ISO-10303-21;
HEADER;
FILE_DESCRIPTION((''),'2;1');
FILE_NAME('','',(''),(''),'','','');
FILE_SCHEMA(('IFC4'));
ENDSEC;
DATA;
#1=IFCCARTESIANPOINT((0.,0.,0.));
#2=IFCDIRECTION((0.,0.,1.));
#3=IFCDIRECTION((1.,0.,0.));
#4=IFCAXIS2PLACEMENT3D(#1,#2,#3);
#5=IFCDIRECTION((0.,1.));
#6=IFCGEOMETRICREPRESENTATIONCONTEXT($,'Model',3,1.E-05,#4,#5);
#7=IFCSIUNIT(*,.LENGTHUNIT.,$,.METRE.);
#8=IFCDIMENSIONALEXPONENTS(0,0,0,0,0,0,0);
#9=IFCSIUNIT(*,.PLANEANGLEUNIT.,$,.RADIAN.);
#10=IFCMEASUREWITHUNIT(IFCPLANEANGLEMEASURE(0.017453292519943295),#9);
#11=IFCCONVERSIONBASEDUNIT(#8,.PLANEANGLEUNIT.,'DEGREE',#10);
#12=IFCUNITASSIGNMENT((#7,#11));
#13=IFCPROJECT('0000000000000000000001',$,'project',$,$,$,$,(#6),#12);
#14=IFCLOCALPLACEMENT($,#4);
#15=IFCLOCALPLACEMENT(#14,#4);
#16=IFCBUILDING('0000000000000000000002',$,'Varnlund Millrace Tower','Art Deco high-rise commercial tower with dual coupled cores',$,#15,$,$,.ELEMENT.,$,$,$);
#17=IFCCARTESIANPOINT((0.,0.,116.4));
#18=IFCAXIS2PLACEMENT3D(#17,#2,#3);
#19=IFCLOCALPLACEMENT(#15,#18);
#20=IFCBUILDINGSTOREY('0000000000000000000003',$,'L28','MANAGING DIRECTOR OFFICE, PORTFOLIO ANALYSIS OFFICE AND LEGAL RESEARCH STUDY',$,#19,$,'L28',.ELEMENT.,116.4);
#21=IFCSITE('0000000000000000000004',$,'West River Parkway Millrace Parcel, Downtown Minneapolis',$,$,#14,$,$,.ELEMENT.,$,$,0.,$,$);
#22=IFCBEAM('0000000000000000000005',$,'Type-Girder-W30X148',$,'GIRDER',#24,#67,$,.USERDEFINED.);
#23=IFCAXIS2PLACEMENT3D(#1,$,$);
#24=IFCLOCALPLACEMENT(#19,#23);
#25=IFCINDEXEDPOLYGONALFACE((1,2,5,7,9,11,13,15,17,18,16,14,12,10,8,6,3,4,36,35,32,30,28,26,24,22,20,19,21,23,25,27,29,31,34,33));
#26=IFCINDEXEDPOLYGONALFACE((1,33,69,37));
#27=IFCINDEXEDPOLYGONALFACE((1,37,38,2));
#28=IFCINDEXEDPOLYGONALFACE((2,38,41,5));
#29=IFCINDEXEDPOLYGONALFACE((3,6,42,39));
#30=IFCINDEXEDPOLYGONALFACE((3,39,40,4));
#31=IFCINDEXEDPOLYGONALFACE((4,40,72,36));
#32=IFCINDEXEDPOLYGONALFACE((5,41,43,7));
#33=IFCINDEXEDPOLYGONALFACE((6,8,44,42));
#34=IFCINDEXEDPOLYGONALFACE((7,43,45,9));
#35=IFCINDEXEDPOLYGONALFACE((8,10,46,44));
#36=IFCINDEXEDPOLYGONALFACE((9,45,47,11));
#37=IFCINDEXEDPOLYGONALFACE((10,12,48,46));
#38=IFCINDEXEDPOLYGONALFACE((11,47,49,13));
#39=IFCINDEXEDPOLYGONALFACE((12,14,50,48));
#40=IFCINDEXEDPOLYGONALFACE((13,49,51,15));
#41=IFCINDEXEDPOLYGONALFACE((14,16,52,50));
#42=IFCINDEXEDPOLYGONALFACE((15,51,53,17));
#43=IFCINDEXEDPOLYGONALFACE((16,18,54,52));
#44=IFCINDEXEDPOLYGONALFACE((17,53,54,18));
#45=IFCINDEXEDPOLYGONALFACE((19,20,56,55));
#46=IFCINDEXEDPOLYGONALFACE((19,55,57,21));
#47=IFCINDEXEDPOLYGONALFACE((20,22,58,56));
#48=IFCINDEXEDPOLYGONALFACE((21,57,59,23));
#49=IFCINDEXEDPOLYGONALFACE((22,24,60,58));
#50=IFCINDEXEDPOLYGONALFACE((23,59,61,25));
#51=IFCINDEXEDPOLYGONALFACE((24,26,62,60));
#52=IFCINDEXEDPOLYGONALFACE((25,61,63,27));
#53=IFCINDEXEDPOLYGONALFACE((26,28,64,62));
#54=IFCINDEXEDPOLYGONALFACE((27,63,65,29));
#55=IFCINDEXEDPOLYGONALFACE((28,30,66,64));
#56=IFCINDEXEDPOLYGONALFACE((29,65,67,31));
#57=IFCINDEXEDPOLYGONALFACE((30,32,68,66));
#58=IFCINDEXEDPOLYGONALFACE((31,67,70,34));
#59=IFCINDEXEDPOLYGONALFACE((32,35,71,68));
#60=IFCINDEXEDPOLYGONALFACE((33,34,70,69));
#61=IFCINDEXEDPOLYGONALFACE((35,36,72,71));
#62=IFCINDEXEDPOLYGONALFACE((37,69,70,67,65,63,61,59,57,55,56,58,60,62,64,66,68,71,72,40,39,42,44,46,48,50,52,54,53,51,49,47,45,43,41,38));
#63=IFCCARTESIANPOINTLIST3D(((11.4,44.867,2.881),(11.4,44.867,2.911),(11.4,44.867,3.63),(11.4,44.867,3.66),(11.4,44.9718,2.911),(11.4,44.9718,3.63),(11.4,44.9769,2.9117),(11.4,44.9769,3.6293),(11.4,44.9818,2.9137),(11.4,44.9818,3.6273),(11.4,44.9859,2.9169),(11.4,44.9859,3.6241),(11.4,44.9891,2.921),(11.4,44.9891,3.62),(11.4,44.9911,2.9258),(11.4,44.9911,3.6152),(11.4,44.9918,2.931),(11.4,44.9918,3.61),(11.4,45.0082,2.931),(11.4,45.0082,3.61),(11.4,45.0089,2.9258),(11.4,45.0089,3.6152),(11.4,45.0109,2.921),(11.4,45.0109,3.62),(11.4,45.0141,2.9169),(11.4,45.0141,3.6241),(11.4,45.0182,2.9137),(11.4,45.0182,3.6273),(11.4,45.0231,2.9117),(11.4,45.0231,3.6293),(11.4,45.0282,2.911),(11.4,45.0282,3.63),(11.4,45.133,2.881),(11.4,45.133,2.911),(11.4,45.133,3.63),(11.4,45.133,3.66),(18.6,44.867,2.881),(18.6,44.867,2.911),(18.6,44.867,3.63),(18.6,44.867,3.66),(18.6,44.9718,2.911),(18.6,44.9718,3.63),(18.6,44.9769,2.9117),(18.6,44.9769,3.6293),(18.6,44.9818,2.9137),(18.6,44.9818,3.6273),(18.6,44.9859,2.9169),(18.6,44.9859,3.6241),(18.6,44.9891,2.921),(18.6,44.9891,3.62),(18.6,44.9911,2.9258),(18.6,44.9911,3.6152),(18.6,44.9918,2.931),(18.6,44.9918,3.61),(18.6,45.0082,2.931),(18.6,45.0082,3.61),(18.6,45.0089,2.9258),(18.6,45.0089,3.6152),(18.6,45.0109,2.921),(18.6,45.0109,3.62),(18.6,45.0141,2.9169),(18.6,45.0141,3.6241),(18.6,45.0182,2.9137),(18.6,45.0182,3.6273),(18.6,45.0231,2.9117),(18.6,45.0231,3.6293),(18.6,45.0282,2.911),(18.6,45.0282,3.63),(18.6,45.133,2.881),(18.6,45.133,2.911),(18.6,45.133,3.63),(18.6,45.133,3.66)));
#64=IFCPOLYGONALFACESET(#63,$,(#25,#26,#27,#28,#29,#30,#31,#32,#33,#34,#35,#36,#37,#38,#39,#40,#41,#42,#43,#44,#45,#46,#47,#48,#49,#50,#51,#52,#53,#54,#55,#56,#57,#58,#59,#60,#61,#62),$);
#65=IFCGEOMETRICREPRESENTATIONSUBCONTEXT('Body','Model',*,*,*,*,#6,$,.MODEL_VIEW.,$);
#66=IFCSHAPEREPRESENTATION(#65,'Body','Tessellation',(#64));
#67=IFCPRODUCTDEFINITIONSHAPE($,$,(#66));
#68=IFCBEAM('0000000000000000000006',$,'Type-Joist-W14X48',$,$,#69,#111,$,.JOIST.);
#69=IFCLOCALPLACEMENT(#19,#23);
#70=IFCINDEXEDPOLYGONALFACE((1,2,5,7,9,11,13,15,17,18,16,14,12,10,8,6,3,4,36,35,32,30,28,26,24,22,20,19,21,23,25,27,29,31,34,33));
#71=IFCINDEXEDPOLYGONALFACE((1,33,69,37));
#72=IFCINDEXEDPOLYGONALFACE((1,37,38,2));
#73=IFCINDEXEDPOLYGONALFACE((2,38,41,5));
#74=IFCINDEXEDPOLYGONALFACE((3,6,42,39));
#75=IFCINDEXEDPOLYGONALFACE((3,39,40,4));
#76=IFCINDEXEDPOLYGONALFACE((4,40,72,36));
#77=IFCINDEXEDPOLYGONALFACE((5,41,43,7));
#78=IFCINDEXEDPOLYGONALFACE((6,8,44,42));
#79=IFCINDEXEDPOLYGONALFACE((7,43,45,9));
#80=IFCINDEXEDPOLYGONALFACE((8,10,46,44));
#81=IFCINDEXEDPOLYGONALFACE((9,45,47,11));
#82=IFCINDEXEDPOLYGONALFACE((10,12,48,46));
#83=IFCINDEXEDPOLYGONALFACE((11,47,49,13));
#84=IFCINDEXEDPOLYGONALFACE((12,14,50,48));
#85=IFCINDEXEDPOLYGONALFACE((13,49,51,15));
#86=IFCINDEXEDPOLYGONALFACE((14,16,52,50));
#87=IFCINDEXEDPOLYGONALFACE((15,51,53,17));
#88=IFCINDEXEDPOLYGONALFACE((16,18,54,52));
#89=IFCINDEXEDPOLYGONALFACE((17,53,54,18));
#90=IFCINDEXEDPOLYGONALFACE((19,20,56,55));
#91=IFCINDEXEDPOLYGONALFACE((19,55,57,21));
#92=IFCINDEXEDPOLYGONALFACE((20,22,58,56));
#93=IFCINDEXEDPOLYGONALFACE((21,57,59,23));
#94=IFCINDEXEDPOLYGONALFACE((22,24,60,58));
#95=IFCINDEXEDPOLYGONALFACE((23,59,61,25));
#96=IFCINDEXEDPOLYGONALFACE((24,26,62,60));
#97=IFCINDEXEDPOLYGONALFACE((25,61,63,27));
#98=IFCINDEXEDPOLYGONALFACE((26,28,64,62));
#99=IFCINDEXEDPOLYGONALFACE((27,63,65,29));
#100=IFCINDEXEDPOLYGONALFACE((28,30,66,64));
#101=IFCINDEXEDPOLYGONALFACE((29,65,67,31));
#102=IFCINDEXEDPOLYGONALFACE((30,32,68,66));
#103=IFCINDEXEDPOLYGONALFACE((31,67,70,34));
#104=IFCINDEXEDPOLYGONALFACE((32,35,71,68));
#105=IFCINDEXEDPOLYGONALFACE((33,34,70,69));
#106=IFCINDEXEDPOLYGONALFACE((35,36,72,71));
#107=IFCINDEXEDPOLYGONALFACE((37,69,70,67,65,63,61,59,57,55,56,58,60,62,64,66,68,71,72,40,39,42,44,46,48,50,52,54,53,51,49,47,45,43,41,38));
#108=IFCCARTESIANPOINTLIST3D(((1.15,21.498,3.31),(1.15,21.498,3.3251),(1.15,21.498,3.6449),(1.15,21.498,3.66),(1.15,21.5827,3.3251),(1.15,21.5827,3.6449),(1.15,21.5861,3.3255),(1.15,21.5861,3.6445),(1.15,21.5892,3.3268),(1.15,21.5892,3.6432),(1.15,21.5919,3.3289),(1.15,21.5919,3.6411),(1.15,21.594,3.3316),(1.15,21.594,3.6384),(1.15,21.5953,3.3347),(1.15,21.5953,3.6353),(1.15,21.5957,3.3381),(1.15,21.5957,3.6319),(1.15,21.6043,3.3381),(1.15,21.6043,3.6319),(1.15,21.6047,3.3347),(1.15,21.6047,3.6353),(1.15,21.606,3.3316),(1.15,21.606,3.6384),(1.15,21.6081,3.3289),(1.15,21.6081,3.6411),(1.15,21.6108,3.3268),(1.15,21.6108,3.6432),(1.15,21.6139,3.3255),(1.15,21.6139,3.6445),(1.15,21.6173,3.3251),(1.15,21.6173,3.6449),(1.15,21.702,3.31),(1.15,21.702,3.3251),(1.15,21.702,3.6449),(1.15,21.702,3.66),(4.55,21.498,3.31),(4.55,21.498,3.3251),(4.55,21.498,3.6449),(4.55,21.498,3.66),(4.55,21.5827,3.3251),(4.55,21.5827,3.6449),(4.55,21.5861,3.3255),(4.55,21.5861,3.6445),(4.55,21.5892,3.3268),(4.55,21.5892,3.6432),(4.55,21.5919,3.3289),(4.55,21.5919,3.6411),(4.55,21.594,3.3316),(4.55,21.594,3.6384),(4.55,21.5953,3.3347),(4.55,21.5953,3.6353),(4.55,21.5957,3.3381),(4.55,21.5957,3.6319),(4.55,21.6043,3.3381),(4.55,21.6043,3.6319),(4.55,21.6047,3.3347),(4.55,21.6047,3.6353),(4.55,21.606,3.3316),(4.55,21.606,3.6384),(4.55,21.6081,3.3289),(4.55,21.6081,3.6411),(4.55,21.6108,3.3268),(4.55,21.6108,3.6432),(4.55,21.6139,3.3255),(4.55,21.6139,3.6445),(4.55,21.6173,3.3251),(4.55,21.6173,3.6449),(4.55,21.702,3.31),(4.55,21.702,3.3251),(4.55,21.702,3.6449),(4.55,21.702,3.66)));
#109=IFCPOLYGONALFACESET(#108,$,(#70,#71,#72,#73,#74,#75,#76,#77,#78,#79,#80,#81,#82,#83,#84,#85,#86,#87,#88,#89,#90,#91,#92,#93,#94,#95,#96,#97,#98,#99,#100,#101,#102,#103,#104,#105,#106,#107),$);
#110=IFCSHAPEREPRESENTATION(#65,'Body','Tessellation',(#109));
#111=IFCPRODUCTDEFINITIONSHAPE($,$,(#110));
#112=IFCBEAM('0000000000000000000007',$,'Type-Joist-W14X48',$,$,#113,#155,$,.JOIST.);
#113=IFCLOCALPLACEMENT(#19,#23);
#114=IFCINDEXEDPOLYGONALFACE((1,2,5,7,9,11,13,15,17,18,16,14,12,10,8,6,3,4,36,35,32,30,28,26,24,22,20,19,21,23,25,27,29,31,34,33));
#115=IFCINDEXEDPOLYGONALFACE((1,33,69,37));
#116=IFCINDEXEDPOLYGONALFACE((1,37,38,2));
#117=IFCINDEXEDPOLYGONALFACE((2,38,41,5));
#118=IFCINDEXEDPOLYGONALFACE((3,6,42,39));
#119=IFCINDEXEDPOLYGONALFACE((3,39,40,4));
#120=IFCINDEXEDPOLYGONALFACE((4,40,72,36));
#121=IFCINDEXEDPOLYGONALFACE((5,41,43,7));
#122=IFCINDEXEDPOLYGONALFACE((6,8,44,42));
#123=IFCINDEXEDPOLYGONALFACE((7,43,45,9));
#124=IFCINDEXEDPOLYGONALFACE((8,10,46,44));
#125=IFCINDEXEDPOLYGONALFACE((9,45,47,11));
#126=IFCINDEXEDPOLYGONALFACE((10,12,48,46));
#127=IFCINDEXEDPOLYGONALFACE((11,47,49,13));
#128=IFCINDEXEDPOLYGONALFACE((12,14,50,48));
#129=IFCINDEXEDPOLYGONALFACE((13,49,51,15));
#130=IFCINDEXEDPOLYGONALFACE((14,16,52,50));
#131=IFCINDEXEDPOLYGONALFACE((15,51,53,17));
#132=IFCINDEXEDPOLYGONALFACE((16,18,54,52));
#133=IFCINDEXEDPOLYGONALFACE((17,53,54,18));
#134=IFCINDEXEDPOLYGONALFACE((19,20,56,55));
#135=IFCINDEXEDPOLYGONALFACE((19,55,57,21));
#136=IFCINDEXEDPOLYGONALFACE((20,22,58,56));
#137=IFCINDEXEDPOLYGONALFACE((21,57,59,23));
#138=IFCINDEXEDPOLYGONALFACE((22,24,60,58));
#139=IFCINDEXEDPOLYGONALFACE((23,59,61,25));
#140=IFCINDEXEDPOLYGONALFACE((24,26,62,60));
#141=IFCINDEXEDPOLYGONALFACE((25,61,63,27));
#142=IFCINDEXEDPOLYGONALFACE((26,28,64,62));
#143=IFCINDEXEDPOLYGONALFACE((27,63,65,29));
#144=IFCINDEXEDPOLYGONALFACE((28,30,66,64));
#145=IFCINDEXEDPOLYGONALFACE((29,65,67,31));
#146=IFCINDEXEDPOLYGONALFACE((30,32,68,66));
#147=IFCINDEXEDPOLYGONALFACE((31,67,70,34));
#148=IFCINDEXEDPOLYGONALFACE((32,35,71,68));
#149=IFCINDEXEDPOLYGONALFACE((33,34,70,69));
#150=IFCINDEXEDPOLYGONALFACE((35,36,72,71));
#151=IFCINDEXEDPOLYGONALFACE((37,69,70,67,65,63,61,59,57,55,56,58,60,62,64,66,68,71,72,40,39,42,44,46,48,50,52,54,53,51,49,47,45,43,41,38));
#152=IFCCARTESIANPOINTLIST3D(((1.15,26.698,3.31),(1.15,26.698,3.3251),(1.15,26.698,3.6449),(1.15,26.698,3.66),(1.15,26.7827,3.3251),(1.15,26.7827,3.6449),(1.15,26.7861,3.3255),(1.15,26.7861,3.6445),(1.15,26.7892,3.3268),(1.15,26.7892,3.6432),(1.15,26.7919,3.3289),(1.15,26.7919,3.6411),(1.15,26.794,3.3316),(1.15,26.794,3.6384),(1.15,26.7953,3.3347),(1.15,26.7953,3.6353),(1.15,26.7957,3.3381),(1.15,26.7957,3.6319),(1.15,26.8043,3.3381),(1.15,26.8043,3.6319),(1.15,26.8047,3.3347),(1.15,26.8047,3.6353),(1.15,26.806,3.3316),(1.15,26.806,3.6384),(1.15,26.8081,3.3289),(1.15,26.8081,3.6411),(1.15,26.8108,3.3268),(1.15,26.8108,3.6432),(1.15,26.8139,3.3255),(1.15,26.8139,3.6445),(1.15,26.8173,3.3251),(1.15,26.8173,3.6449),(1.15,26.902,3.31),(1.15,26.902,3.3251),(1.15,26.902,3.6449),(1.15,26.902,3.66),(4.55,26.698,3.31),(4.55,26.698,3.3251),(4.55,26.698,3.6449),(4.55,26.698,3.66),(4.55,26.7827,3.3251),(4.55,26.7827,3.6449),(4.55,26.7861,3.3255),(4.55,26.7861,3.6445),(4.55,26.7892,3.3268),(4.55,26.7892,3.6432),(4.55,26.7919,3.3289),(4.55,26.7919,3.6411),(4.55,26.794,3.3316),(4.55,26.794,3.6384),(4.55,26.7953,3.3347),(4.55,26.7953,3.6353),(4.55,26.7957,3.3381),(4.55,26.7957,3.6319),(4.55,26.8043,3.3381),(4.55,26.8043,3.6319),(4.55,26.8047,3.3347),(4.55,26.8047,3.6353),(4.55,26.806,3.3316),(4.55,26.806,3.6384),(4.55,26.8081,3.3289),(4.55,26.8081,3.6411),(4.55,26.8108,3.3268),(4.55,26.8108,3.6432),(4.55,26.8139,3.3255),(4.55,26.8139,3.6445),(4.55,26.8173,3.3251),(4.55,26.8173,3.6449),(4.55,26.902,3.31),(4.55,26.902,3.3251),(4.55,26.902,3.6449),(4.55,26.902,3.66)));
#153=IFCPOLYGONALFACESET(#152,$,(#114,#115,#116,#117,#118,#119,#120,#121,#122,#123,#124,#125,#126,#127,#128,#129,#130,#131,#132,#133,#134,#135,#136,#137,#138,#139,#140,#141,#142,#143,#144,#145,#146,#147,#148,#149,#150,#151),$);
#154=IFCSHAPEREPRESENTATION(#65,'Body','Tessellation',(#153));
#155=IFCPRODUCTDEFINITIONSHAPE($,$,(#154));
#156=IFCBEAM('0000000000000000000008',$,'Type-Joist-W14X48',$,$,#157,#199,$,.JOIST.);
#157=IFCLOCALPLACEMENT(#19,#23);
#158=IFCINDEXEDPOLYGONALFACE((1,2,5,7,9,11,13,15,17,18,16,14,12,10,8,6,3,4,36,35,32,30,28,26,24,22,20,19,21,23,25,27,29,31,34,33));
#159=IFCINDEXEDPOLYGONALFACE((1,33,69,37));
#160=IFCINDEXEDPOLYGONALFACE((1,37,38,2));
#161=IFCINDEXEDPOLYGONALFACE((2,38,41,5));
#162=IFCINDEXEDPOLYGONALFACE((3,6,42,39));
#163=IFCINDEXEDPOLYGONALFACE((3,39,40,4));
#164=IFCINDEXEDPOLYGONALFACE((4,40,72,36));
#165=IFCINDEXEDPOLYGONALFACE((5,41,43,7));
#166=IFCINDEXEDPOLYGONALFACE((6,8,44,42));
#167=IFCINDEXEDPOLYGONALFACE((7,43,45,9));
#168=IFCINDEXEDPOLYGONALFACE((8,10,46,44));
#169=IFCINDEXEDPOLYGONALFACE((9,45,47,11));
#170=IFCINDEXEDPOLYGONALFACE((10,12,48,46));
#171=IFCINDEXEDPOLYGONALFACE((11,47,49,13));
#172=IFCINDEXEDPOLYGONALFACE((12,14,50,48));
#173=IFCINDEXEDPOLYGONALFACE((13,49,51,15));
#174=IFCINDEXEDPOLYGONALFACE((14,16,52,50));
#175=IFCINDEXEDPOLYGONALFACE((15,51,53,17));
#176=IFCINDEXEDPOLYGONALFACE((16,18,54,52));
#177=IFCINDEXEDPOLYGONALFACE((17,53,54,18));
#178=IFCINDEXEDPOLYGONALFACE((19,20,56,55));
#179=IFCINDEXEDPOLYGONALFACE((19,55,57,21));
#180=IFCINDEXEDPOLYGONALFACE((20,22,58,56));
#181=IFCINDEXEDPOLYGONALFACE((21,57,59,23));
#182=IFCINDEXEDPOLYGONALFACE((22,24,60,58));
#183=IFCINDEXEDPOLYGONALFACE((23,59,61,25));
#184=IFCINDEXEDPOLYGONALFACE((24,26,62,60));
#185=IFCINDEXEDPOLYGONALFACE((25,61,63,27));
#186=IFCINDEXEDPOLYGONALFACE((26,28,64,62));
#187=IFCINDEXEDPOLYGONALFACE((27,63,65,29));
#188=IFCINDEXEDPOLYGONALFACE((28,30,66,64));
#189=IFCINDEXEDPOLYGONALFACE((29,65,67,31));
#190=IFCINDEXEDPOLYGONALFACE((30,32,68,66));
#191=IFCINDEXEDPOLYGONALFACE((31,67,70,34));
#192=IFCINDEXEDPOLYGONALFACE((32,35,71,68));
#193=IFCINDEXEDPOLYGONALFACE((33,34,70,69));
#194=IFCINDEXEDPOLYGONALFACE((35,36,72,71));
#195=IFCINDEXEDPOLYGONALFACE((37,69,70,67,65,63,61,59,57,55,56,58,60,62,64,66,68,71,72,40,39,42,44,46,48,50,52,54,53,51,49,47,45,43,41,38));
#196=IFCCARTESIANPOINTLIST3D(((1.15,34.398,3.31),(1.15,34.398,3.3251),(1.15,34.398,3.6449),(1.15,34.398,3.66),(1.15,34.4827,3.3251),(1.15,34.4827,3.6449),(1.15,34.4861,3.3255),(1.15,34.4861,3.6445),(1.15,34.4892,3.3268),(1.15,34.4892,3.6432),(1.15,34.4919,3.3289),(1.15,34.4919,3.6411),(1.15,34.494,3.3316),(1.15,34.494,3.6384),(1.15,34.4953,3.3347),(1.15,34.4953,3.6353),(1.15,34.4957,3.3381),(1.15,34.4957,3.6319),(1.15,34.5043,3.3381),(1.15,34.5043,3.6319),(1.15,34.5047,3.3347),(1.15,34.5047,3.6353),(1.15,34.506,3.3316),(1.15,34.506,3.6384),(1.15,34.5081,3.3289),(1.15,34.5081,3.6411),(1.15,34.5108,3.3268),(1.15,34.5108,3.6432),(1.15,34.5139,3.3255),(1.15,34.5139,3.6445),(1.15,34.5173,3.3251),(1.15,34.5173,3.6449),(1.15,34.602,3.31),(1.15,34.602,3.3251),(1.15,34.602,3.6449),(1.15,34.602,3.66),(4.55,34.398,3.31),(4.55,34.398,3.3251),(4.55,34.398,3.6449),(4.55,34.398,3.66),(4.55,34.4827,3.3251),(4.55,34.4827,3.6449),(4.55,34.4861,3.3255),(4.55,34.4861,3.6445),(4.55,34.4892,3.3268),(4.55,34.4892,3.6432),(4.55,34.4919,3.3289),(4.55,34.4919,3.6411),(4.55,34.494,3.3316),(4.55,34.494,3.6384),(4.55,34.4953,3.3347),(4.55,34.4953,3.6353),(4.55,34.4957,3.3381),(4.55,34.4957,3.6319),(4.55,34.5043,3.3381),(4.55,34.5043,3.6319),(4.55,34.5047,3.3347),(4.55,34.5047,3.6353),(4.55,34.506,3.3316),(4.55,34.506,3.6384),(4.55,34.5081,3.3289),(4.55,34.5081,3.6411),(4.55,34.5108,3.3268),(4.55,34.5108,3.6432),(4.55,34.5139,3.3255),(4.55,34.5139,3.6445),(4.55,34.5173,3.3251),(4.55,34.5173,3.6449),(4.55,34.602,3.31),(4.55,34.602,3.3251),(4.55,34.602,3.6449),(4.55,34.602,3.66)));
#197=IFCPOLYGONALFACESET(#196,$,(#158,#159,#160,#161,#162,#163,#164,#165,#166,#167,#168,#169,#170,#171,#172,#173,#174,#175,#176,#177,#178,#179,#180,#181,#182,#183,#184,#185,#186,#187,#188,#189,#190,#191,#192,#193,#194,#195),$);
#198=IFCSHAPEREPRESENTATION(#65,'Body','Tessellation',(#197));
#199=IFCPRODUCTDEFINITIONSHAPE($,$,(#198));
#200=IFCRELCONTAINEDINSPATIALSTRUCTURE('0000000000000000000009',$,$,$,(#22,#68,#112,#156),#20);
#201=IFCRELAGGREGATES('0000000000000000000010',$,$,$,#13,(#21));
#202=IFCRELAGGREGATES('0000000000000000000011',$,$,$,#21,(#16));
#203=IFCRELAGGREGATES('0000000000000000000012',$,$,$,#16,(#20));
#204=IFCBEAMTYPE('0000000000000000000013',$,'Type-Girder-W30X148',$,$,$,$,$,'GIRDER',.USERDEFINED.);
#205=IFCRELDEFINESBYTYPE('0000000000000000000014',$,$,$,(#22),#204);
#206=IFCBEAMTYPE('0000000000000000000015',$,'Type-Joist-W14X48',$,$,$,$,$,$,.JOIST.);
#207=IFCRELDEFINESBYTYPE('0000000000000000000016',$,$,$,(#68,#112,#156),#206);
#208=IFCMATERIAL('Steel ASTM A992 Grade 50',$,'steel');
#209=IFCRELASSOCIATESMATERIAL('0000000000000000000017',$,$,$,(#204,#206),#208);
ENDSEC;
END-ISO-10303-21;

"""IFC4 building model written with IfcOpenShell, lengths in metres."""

from ifc_helpers import new_model, entity, si_unit, converted_unit, direction, frame, origin_with_axes, origin_2d_with_axis, place, context, subcontext, project, spatial, i_section, extrude, material, material_profile, profile_set, type_object, element, save


model = new_model("IFC4")

# Units and contexts
model_context = context("Model", 3, precision=1e-05, world=origin_with_axes(), true_north=direction((0.0, 1.0)))
body_context = subcontext(model_context, "Body", "Model", "MODEL_VIEW")
ifc_project = project(units=[si_unit("LENGTHUNIT", "METRE"), converted_unit("PLANEANGLEUNIT", "DEGREE", entity("IfcPlaneAngleMeasure", 0.017453292519943295), si_unit("PLANEANGLEUNIT", "RADIAN"), dimensions=[0, 0, 0, 0, 0, 0, 0])], contexts=[model_context])

# Site, building, storey
site_placement = place(None, origin_with_axes())
site = spatial("IfcSite", under=ifc_project, at=site_placement, Name="West River Parkway Millrace Parcel, Downtown Minneapolis", CompositionType="ELEMENT", RefElevation=0.0)
building_placement = place(site_placement, origin_with_axes())
building = spatial("IfcBuilding", under=site, at=building_placement, Name="Varnlund Millrace Tower", Description="Art Deco high-rise commercial tower with dual coupled cores", CompositionType="ELEMENT")
storey_placement = place(building_placement, frame((0.0, 0.0, 116.4), z_axis=(0.0, 0.0, 1.0), x_axis=(1.0, 0.0, 0.0)))
storey = spatial("IfcBuildingStorey", under=building, at=storey_placement, Name="L28", Description="MANAGING DIRECTOR OFFICE, PORTFOLIO ANALYSIS OFFICE AND LEGAL RESEARCH STUDY", LongName="L28", CompositionType="ELEMENT", Elevation=116.4)

# Beams
ifc_material_1 = material(Name="Steel ASTM A992 Grade 50", Category="steel")
ifc_material_profile_1 = material_profile(ifc_material_1, i_section(OverallWidth=0.266, OverallDepth=0.779, WebThickness=0.0165, FlangeThickness=0.03, FilletRadius=0.02, at=origin_2d_with_axis()), Name="Steel ASTM A992 Grade 50")
ifc_profile_set_1 = profile_set([ifc_material_profile_1], Name="Steel ASTM A992 Grade 50")
beam_type_1 = type_object("IfcBeamType", Name="Type-Girder-W30X148", ElementType="GIRDER", PredefinedType="USERDEFINED", material=ifc_profile_set_1)
beam_1_placement = place(storey_placement, frame((11.4, 45.0, 3.2705), z_axis=(1.0, 0.0, 0.0), x_axis=(0.0, 1.0, 0.0)))
element("IfcBeam", 1, at=beam_1_placement, inside=storey, type_object=beam_type_1, Name="Type-Girder-W30X148", ObjectType="GIRDER", PredefinedType="USERDEFINED", context=body_context, shape_type="SweptSolid", body=[
    extrude(i_section(OverallWidth=0.266, OverallDepth=0.779, WebThickness=0.0165, FlangeThickness=0.03, FilletRadius=0.02, at=origin_2d_with_axis()), origin_with_axes(), (0.0, 0.0, 1.0), 7.2),
])
ifc_material_profile_2 = material_profile(ifc_material_1, i_section(OverallWidth=0.204, OverallDepth=0.35, WebThickness=0.0086, FlangeThickness=0.0151, FilletRadius=0.013, at=origin_2d_with_axis()), Name="Steel ASTM A992 Grade 50")
ifc_profile_set_2 = profile_set([ifc_material_profile_2], Name="Steel ASTM A992 Grade 50")
beam_type_2 = type_object("IfcBeamType", Name="Type-Joist-W14X48", PredefinedType="JOIST", material=ifc_profile_set_2)
for number, where, z_axis, x_axis, name in (
    (2, (1.15, 21.6, 3.485), (1.0, 0.0, 0.0), (0.0, 1.0, 0.0), "Type-Joist-W14X48"),
    (3, (1.15, 26.8, 3.485), (1.0, 0.0, 0.0), (0.0, 1.0, 0.0), "Type-Joist-W14X48"),
    (4, (1.15, 34.5, 3.485), (1.0, 0.0, 0.0), (0.0, 1.0, 0.0), "Type-Joist-W14X48"),
):
    element("IfcBeam", number, at=place(storey_placement, frame(where, z_axis=z_axis, x_axis=x_axis)), inside=storey, type_object=beam_type_2, Name=name, PredefinedType="JOIST", context=body_context, shape_type="SweptSolid", body=[
        extrude(i_section(OverallWidth=0.204, OverallDepth=0.35, WebThickness=0.0086, FlangeThickness=0.0151, FilletRadius=0.013, at=origin_2d_with_axis()), origin_with_axes(), (0.0, 0.0, 1.0), 3.4),
    ])

save(model, "model.ifc")
